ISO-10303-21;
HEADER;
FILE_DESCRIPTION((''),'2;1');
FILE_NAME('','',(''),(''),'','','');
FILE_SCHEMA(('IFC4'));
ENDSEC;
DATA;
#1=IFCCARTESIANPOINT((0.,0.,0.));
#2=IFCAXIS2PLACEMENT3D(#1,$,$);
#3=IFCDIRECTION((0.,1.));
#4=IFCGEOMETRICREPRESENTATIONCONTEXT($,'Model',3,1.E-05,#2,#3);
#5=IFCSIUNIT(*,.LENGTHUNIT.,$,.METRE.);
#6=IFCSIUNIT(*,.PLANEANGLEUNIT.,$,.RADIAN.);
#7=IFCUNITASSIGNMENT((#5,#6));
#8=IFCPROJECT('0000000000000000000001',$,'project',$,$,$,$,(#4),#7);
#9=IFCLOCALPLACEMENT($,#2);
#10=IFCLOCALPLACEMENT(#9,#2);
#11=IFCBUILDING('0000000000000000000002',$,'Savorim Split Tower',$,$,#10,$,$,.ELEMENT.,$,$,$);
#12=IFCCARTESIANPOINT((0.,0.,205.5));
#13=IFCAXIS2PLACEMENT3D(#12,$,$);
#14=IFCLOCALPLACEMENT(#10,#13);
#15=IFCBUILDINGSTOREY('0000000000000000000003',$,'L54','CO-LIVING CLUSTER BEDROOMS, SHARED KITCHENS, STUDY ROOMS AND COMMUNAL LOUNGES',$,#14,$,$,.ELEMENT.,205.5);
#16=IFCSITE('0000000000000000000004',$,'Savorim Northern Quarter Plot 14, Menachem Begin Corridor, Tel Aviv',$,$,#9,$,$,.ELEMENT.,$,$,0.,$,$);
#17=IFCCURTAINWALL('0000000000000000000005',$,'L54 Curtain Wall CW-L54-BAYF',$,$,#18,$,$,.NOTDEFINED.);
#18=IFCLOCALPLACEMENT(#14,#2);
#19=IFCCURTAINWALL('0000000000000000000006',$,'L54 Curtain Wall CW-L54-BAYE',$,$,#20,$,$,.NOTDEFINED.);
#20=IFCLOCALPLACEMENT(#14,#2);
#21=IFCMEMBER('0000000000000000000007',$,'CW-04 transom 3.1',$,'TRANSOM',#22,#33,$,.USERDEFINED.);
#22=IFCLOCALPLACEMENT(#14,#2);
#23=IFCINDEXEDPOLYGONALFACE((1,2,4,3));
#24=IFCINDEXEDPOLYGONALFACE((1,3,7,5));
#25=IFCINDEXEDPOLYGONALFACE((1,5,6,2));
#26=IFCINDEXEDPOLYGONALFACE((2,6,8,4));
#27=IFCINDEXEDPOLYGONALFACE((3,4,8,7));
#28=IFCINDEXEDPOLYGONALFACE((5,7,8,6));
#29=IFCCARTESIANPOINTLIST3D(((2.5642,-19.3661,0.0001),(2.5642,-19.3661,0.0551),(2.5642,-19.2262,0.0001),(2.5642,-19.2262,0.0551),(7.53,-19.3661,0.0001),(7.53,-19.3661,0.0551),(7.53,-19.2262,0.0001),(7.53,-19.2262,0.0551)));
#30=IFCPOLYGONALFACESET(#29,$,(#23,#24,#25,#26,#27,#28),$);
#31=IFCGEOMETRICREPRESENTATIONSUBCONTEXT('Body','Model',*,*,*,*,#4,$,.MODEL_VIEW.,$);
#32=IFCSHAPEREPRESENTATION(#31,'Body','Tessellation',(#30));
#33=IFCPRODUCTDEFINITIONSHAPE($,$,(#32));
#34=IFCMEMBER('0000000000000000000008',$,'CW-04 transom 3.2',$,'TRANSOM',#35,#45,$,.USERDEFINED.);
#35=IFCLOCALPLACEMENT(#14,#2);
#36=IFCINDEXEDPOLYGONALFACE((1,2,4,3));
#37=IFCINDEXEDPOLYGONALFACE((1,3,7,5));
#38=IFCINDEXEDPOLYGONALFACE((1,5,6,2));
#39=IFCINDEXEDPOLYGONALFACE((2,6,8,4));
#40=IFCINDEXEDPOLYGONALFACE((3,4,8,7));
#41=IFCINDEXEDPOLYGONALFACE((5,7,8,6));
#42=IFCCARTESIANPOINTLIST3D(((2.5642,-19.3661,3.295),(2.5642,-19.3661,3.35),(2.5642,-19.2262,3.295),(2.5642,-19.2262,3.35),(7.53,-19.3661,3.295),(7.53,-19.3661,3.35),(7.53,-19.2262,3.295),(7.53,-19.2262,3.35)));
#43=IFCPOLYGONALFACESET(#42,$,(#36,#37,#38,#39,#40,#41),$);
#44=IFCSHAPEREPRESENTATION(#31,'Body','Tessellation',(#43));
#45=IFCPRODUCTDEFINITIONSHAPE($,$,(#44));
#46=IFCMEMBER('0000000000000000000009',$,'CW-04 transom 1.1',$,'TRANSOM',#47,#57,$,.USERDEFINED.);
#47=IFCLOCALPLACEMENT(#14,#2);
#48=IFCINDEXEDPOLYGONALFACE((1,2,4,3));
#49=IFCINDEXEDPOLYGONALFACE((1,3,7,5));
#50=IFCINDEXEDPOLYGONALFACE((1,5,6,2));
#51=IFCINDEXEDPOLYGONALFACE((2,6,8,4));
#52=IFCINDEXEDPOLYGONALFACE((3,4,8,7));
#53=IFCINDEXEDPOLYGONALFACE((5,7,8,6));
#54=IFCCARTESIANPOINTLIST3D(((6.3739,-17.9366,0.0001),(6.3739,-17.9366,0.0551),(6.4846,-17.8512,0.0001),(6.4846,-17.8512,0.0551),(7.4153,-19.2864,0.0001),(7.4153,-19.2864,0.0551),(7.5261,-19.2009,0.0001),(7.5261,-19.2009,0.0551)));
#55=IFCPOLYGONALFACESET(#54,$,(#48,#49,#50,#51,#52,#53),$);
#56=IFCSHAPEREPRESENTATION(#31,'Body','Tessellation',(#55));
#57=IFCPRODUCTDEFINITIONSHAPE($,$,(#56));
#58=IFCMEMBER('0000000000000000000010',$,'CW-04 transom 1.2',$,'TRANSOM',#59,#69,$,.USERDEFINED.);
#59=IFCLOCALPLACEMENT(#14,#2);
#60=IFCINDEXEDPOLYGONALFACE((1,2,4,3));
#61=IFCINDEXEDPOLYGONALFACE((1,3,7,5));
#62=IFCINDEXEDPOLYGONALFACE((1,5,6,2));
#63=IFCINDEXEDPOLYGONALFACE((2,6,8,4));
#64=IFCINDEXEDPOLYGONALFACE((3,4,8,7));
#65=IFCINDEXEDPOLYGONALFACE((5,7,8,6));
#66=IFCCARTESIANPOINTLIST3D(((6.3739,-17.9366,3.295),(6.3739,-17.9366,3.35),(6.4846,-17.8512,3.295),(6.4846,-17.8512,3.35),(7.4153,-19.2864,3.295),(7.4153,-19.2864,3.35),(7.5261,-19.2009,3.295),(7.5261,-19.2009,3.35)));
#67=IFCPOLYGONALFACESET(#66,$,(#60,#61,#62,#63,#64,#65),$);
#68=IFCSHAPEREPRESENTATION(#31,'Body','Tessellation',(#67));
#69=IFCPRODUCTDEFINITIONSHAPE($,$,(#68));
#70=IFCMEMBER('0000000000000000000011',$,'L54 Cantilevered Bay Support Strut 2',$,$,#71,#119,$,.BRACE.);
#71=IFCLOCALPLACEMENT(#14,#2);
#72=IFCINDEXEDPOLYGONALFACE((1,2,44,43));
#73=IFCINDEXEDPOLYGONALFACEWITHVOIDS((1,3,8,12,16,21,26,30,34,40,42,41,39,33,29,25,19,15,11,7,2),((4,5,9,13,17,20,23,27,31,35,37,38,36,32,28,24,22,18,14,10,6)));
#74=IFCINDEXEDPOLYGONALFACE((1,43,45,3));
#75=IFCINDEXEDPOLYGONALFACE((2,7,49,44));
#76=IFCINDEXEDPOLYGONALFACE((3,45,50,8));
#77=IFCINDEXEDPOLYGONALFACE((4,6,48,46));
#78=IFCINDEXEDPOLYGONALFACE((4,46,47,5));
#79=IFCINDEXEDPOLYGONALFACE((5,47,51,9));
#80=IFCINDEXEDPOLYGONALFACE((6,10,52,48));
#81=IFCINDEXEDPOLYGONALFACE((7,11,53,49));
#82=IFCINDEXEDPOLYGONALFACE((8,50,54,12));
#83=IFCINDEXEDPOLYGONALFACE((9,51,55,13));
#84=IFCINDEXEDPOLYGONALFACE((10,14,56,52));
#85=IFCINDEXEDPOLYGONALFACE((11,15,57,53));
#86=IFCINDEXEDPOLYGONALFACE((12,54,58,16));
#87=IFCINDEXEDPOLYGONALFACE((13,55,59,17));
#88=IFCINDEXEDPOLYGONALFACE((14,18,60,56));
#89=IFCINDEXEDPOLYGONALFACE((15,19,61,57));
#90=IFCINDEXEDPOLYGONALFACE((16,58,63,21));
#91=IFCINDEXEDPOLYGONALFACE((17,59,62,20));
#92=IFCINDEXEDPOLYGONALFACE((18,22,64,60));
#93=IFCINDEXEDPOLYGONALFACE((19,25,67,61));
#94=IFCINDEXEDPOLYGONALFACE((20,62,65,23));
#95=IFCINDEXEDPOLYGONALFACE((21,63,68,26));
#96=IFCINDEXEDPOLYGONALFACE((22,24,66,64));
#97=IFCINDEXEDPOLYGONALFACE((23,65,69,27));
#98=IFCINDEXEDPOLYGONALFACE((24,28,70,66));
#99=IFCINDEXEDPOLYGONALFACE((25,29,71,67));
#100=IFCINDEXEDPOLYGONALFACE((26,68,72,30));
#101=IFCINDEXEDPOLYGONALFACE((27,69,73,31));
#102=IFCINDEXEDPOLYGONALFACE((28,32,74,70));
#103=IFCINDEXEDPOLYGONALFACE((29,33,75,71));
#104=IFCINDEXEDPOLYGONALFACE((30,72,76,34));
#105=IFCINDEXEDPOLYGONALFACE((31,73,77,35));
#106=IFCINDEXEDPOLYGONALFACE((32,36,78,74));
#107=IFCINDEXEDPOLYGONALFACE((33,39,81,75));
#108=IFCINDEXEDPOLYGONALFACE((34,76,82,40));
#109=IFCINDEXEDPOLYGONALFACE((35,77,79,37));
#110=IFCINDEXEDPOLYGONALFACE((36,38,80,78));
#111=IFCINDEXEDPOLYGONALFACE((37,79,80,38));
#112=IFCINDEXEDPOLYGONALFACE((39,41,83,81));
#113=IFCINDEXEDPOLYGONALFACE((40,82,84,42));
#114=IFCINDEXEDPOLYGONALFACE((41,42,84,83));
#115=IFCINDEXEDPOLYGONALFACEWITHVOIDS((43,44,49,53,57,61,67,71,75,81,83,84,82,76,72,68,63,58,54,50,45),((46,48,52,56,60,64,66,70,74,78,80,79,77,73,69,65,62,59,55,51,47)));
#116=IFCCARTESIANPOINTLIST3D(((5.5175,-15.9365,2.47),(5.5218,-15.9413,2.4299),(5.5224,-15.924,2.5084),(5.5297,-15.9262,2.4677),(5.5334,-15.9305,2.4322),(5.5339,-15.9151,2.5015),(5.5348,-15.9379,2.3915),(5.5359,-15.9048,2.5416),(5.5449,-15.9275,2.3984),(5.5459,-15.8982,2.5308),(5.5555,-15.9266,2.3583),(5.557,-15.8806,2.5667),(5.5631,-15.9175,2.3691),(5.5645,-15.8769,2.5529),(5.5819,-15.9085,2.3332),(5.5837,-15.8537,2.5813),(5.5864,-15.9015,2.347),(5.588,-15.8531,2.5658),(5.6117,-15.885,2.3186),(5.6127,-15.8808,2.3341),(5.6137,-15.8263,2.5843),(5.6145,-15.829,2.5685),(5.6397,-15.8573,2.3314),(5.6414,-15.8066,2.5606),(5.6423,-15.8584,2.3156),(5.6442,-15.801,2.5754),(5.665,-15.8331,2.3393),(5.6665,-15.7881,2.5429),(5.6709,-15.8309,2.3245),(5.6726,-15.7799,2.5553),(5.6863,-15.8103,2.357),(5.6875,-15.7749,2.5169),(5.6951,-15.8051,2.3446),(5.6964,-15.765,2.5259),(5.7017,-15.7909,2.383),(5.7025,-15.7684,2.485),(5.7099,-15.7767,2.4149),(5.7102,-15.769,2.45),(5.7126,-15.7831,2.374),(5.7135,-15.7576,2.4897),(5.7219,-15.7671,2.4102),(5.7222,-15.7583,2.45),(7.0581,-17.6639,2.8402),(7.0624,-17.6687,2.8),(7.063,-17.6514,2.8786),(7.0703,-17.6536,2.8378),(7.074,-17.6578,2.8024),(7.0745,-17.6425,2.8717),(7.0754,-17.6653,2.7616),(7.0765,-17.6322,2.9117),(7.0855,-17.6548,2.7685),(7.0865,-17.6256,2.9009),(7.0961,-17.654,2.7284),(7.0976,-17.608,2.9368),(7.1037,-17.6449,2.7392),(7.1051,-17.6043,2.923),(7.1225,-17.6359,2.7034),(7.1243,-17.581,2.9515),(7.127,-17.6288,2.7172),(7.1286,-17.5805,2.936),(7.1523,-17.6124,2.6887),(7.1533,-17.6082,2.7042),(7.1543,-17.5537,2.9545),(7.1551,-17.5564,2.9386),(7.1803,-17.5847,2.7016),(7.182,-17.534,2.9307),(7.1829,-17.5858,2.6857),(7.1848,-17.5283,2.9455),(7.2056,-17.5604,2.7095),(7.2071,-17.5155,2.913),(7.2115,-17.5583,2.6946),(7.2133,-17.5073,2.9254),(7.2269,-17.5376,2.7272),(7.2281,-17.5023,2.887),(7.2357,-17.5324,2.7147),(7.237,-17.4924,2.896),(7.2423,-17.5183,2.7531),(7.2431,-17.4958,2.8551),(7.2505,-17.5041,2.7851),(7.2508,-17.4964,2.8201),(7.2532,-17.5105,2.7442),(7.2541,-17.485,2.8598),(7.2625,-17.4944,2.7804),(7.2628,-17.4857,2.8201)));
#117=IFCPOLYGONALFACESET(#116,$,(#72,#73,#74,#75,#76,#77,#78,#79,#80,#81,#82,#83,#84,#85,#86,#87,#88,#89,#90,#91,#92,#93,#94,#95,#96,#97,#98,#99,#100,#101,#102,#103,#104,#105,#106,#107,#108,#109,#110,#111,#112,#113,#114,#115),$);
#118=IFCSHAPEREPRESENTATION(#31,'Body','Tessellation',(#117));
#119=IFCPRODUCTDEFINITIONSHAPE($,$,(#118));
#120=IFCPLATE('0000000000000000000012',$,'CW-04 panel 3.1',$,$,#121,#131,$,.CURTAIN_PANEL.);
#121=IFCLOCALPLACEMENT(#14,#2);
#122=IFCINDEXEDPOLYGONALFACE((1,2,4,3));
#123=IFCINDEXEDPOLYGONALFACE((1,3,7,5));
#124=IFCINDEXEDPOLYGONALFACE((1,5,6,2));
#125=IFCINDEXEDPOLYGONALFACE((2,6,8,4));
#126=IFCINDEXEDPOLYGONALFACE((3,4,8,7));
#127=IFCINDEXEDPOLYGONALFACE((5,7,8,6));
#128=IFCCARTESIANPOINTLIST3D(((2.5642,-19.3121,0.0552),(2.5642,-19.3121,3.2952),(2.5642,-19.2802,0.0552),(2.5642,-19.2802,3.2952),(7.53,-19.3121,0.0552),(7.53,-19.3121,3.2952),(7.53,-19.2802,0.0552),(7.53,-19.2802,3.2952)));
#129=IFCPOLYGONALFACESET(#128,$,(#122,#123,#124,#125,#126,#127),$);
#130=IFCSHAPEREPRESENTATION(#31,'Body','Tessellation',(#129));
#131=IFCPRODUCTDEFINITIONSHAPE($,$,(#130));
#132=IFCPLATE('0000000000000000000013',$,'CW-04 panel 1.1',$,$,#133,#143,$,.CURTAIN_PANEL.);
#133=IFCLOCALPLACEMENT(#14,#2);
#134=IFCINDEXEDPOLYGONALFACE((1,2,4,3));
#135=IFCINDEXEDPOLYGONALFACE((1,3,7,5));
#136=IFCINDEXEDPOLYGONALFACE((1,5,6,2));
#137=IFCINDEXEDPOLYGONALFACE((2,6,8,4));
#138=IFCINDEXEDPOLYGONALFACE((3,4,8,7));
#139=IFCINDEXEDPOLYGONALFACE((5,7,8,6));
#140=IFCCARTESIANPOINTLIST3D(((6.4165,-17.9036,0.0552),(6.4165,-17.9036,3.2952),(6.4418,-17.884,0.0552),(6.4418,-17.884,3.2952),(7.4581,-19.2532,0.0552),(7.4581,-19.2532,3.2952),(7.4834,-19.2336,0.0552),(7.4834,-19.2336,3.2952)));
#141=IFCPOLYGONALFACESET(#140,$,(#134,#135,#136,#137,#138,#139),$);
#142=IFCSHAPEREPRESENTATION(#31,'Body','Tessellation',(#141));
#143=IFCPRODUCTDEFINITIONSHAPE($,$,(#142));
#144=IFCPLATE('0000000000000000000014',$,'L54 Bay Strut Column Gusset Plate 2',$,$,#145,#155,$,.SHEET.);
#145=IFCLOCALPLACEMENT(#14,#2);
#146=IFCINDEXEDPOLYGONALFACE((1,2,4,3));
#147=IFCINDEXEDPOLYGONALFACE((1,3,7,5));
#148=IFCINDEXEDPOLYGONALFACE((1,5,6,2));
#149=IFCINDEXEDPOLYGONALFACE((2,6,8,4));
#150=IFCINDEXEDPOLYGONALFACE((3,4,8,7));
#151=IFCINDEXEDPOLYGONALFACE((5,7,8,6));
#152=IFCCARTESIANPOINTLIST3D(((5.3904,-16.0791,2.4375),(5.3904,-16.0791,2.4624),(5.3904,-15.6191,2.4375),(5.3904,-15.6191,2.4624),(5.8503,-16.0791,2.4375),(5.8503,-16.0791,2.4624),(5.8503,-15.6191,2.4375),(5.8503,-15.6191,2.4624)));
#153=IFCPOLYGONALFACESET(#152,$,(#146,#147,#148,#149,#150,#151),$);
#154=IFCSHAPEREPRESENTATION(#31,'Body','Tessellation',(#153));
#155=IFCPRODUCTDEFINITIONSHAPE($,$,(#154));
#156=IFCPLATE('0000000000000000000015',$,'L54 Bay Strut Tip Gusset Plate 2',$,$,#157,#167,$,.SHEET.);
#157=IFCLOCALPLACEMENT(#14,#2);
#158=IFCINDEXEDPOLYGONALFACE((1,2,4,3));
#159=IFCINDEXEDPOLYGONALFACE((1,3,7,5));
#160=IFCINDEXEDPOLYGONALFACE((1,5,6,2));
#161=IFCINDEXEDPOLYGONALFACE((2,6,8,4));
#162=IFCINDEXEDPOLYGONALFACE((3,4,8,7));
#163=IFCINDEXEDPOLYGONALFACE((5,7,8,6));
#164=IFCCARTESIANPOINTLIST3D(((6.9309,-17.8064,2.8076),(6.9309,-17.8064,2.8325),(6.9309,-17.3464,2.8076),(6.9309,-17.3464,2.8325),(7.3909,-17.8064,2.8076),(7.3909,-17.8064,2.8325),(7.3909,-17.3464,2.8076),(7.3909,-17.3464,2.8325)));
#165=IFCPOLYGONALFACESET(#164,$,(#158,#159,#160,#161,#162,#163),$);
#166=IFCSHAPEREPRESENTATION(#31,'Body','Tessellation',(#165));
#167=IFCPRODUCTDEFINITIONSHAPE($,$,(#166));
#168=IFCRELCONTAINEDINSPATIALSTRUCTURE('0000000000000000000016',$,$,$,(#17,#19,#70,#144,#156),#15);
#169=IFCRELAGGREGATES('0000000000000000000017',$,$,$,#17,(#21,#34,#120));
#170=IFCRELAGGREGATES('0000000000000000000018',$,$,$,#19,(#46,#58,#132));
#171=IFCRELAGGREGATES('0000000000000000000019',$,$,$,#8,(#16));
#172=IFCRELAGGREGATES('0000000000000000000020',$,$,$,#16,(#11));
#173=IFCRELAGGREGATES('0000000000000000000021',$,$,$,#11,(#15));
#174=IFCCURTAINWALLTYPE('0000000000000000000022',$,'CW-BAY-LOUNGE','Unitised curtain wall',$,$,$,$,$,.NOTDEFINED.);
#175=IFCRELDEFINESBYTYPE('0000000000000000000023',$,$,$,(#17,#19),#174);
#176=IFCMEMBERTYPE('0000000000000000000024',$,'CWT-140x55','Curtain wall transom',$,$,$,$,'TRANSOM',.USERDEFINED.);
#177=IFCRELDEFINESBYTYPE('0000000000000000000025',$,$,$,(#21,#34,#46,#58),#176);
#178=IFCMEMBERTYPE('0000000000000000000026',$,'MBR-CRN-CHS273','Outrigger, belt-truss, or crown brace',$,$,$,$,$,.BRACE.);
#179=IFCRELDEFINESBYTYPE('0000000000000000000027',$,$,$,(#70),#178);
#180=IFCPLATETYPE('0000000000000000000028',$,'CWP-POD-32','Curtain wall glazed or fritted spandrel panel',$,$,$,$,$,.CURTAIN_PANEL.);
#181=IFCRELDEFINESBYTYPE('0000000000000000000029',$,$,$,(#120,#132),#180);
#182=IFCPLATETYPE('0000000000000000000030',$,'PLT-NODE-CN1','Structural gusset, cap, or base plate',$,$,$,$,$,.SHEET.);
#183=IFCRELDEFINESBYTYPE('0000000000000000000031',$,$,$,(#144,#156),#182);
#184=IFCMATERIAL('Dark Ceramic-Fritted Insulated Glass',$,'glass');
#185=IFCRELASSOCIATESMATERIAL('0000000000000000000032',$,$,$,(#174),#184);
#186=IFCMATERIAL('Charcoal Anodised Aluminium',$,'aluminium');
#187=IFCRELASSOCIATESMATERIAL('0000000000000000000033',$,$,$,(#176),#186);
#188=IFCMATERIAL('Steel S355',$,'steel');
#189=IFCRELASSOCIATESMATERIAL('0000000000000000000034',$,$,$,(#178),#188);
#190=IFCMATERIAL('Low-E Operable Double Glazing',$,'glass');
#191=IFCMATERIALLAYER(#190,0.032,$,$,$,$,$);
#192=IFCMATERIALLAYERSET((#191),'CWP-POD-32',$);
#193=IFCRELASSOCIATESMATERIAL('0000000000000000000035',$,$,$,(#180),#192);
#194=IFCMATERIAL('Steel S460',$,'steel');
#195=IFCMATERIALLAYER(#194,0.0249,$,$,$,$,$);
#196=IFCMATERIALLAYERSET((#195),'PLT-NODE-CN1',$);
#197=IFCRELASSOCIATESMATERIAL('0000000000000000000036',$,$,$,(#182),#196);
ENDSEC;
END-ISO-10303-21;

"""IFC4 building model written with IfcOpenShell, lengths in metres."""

from ifc_helpers import new_model, si_unit, direction, frame, origin, origin_2d, place, context, subcontext, project, spatial, rectangle, hollow_circle, extrude, material, layer, layer_set, material_profile, profile_set, type_object, element, aggregate, save


model = new_model("IFC4")

# Units and contexts
model_context = context("Model", 3, precision=1e-05, world=origin(), true_north=direction((0.0, 1.0)))
body_context = subcontext(model_context, "Body", "Model", "MODEL_VIEW")
ifc_project = project(units=[si_unit("LENGTHUNIT", "METRE"), si_unit("PLANEANGLEUNIT", "RADIAN")], contexts=[model_context])

# Site, building, storey
site_placement = place(None, origin())
site = spatial("IfcSite", under=ifc_project, at=site_placement, Name="Savorim Northern Quarter Plot 14, Menachem Begin Corridor, Tel Aviv", CompositionType="ELEMENT", RefElevation=0.0)
building_placement = place(site_placement, origin())
building = spatial("IfcBuilding", under=site, at=building_placement, Name="Savorim Split Tower", CompositionType="ELEMENT")
storey_placement = place(building_placement, frame((0.0, 0.0, 205.5)))
storey = spatial("IfcBuildingStorey", under=building, at=storey_placement, Name="L54", Description="CO-LIVING CLUSTER BEDROOMS, SHARED KITCHENS, STUDY ROOMS AND COMMUNAL LOUNGES", CompositionType="ELEMENT", Elevation=205.5)

# Shared definitions
ifc_material_1 = material(Name="Steel S355", Category="steel")

# Curtain wall
ifc_material_2 = material(Name="Dark Ceramic-Fritted Insulated Glass", Category="glass")
ifc_material_3 = material(Name="Charcoal Anodised Aluminium", Category="aluminium")
curtain_wall_type_1 = type_object("IfcCurtainWallType", Name="CW-BAY-LOUNGE", Description="Unitised curtain wall", PredefinedType="NOTDEFINED", material=ifc_material_2)
curtain_wall_1_placement = place(storey_placement, origin())
curtain_wall_1 = element("IfcCurtainWall", 1, at=curtain_wall_1_placement, inside=storey, type_object=curtain_wall_type_1, Name="L54 Curtain Wall CW-L54-BAYF", PredefinedType="NOTDEFINED")

# Curtain wall
curtain_wall_2_placement = place(storey_placement, origin())
curtain_wall_2 = element("IfcCurtainWall", 2, at=curtain_wall_2_placement, inside=storey, type_object=curtain_wall_type_1, Name="L54 Curtain Wall CW-L54-BAYE", PredefinedType="NOTDEFINED")

# Members
ifc_material_profile_1 = material_profile(ifc_material_3, rectangle(XDim=0.1399, YDim=0.0549, at=origin_2d()), Name="ALU-T 140x55")
ifc_profile_set_1 = profile_set([ifc_material_profile_1], Name="Charcoal Anodised Aluminium")
member_type_1 = type_object("IfcMemberType", Name="CWT-140x55", Description="Curtain wall transom", ElementType="TRANSOM", PredefinedType="USERDEFINED", material=ifc_profile_set_1)
member_1_placement = place(storey_placement, frame((2.5642, -19.2961, 0.0276), z_axis=(1.0, 0.0, 0.0), x_axis=(0.0, 1.0, 0.0)))
member_1 = element("IfcMember", 3, at=member_1_placement, type_object=member_type_1, Name="CW-04 transom 3.1", ObjectType="TRANSOM", PredefinedType="USERDEFINED", context=body_context, shape_type="SweptSolid", body=[
    extrude(rectangle(XDim=0.1399, YDim=0.0549, at=origin_2d()), origin(), (0.0, 0.0, 1.0), 4.9658),
])
member_2_placement = place(storey_placement, frame((2.5642, -19.2961, 3.3225), z_axis=(1.0, 0.0, 0.0), x_axis=(0.0, 1.0, 0.0)))
member_2 = element("IfcMember", 4, at=member_2_placement, type_object=member_type_1, Name="CW-04 transom 3.2", ObjectType="TRANSOM", PredefinedType="USERDEFINED", context=body_context, shape_type="SweptSolid", body=[
    extrude(rectangle(XDim=0.1399, YDim=0.0549, at=origin_2d()), origin(), (0.0, 0.0, 1.0), 4.9658),
])
member_3_placement = place(storey_placement, frame((7.4707, -19.2437, 0.0276), z_axis=(-0.610873, 0.791729, 0.0), x_axis=(-0.791729, -0.610873, 0.0)))
member_3 = element("IfcMember", 5, at=member_3_placement, type_object=member_type_1, Name="CW-04 transom 1.1", ObjectType="TRANSOM", PredefinedType="USERDEFINED", context=body_context, shape_type="SweptSolid", body=[
    extrude(rectangle(XDim=0.1399, YDim=0.0549, at=origin_2d()), origin(), (0.0, 0.0, 1.0), 1.7048),
])
member_4_placement = place(storey_placement, frame((7.4707, -19.2437, 3.3225), z_axis=(-0.610873, 0.791729, 0.0), x_axis=(-0.791729, -0.610873, 0.0)))
member_4 = element("IfcMember", 6, at=member_4_placement, type_object=member_type_1, Name="CW-04 transom 1.2", ObjectType="TRANSOM", PredefinedType="USERDEFINED", context=body_context, shape_type="SweptSolid", body=[
    extrude(rectangle(XDim=0.1399, YDim=0.0549, at=origin_2d()), origin(), (0.0, 0.0, 1.0), 1.7048),
])
ifc_material_profile_2 = material_profile(ifc_material_1, hollow_circle(Radius=0.1365, WallThickness=0.0161, at=origin_2d()), Name="CHS 273x16")
ifc_profile_set_2 = profile_set([ifc_material_profile_2], Name="Steel S355")
member_type_2 = type_object("IfcMemberType", Name="MBR-CRN-CHS273", Description="Outrigger, belt-truss, or crown brace", PredefinedType="BRACE", material=ifc_profile_set_2)
member_5_placement = place(storey_placement, frame((5.6204, -15.8491, 2.45), z_axis=(0.657256, -0.736939, 0.157908), x_axis=(0.746303, 0.665607, 0.0)))
element("IfcMember", 7, at=member_5_placement, inside=storey, type_object=member_type_2, Name="L54 Cantilevered Bay Support Strut 2", PredefinedType="BRACE", context=body_context, shape_type="SweptSolid", body=[
    extrude(hollow_circle(Radius=0.1365, WallThickness=0.0161, at=origin_2d()), origin(), (0.0, 0.0, 1.0), 2.344),
])

# Plates
ifc_material_4 = material(Name="Low-E Operable Double Glazing", Category="glass")
ifc_layer_1 = layer(ifc_material_4, 0.032)
ifc_layer_set_1 = layer_set([ifc_layer_1], Name="CWP-POD-32")
plate_type_1 = type_object("IfcPlateType", Name="CWP-POD-32", Description="Curtain wall glazed or fritted spandrel panel", PredefinedType="CURTAIN_PANEL", material=ifc_layer_set_1)
plate_1_placement = place(storey_placement, frame((5.0471, -19.2961, 0.0552), z_axis=(0.0, 0.0, 1.0), x_axis=(1.0, 0.0, 0.0)))
plate_1 = element("IfcPlate", 8, at=plate_1_placement, type_object=plate_type_1, Name="CW-04 panel 3.1", PredefinedType="CURTAIN_PANEL", context=body_context, shape_type="SweptSolid", body=[
    extrude(rectangle(XDim=4.9658, YDim=0.032, at=origin_2d()), origin(), (0.0, 0.0, 1.0), 3.24),
])
aggregate(curtain_wall_1, [member_1, member_2, plate_1])
plate_2_placement = place(storey_placement, frame((6.95, -18.5686, 0.0552), z_axis=(0.0, 0.0, 1.0), x_axis=(-0.610982, 0.791644, 0.0)))
plate_2 = element("IfcPlate", 9, at=plate_2_placement, type_object=plate_type_1, Name="CW-04 panel 1.1", PredefinedType="CURTAIN_PANEL", context=body_context, shape_type="SweptSolid", body=[
    extrude(rectangle(XDim=1.7048, YDim=0.032, at=origin_2d()), origin(), (0.0, 0.0, 1.0), 3.24),
])
aggregate(curtain_wall_2, [member_3, member_4, plate_2])

# Plates
ifc_material_5 = material(Name="Steel S460", Category="steel")
ifc_layer_2 = layer(ifc_material_5, 0.0249)
ifc_layer_set_2 = layer_set([ifc_layer_2], Name="PLT-NODE-CN1")
plate_type_2 = type_object("IfcPlateType", Name="PLT-NODE-CN1", Description="Structural gusset, cap, or base plate", PredefinedType="SHEET", material=ifc_layer_set_2)
for number, where, z_axis, x_axis, name in (
    (10, (5.6204, -15.8491, 2.4375), (0.0, 0.0, 1.0), (1.0, 0.0, 0.0), "L54 Bay Strut Column Gusset Plate 2"),
    (11, (7.1609, -17.5764, 2.8076), (0.0, 0.0, 1.0), (1.0, 0.0, 0.0), "L54 Bay Strut Tip Gusset Plate 2"),
):
    element("IfcPlate", number, at=place(storey_placement, frame(where, z_axis=z_axis, x_axis=x_axis)), inside=storey, type_object=plate_type_2, Name=name, PredefinedType="SHEET", context=body_context, shape_type="SweptSolid", body=[
        extrude(rectangle(XDim=0.46, YDim=0.46, at=origin_2d()), origin(), (0.0, 0.0, 1.0), 0.0249),
    ])

save(model, "model.ifc")
